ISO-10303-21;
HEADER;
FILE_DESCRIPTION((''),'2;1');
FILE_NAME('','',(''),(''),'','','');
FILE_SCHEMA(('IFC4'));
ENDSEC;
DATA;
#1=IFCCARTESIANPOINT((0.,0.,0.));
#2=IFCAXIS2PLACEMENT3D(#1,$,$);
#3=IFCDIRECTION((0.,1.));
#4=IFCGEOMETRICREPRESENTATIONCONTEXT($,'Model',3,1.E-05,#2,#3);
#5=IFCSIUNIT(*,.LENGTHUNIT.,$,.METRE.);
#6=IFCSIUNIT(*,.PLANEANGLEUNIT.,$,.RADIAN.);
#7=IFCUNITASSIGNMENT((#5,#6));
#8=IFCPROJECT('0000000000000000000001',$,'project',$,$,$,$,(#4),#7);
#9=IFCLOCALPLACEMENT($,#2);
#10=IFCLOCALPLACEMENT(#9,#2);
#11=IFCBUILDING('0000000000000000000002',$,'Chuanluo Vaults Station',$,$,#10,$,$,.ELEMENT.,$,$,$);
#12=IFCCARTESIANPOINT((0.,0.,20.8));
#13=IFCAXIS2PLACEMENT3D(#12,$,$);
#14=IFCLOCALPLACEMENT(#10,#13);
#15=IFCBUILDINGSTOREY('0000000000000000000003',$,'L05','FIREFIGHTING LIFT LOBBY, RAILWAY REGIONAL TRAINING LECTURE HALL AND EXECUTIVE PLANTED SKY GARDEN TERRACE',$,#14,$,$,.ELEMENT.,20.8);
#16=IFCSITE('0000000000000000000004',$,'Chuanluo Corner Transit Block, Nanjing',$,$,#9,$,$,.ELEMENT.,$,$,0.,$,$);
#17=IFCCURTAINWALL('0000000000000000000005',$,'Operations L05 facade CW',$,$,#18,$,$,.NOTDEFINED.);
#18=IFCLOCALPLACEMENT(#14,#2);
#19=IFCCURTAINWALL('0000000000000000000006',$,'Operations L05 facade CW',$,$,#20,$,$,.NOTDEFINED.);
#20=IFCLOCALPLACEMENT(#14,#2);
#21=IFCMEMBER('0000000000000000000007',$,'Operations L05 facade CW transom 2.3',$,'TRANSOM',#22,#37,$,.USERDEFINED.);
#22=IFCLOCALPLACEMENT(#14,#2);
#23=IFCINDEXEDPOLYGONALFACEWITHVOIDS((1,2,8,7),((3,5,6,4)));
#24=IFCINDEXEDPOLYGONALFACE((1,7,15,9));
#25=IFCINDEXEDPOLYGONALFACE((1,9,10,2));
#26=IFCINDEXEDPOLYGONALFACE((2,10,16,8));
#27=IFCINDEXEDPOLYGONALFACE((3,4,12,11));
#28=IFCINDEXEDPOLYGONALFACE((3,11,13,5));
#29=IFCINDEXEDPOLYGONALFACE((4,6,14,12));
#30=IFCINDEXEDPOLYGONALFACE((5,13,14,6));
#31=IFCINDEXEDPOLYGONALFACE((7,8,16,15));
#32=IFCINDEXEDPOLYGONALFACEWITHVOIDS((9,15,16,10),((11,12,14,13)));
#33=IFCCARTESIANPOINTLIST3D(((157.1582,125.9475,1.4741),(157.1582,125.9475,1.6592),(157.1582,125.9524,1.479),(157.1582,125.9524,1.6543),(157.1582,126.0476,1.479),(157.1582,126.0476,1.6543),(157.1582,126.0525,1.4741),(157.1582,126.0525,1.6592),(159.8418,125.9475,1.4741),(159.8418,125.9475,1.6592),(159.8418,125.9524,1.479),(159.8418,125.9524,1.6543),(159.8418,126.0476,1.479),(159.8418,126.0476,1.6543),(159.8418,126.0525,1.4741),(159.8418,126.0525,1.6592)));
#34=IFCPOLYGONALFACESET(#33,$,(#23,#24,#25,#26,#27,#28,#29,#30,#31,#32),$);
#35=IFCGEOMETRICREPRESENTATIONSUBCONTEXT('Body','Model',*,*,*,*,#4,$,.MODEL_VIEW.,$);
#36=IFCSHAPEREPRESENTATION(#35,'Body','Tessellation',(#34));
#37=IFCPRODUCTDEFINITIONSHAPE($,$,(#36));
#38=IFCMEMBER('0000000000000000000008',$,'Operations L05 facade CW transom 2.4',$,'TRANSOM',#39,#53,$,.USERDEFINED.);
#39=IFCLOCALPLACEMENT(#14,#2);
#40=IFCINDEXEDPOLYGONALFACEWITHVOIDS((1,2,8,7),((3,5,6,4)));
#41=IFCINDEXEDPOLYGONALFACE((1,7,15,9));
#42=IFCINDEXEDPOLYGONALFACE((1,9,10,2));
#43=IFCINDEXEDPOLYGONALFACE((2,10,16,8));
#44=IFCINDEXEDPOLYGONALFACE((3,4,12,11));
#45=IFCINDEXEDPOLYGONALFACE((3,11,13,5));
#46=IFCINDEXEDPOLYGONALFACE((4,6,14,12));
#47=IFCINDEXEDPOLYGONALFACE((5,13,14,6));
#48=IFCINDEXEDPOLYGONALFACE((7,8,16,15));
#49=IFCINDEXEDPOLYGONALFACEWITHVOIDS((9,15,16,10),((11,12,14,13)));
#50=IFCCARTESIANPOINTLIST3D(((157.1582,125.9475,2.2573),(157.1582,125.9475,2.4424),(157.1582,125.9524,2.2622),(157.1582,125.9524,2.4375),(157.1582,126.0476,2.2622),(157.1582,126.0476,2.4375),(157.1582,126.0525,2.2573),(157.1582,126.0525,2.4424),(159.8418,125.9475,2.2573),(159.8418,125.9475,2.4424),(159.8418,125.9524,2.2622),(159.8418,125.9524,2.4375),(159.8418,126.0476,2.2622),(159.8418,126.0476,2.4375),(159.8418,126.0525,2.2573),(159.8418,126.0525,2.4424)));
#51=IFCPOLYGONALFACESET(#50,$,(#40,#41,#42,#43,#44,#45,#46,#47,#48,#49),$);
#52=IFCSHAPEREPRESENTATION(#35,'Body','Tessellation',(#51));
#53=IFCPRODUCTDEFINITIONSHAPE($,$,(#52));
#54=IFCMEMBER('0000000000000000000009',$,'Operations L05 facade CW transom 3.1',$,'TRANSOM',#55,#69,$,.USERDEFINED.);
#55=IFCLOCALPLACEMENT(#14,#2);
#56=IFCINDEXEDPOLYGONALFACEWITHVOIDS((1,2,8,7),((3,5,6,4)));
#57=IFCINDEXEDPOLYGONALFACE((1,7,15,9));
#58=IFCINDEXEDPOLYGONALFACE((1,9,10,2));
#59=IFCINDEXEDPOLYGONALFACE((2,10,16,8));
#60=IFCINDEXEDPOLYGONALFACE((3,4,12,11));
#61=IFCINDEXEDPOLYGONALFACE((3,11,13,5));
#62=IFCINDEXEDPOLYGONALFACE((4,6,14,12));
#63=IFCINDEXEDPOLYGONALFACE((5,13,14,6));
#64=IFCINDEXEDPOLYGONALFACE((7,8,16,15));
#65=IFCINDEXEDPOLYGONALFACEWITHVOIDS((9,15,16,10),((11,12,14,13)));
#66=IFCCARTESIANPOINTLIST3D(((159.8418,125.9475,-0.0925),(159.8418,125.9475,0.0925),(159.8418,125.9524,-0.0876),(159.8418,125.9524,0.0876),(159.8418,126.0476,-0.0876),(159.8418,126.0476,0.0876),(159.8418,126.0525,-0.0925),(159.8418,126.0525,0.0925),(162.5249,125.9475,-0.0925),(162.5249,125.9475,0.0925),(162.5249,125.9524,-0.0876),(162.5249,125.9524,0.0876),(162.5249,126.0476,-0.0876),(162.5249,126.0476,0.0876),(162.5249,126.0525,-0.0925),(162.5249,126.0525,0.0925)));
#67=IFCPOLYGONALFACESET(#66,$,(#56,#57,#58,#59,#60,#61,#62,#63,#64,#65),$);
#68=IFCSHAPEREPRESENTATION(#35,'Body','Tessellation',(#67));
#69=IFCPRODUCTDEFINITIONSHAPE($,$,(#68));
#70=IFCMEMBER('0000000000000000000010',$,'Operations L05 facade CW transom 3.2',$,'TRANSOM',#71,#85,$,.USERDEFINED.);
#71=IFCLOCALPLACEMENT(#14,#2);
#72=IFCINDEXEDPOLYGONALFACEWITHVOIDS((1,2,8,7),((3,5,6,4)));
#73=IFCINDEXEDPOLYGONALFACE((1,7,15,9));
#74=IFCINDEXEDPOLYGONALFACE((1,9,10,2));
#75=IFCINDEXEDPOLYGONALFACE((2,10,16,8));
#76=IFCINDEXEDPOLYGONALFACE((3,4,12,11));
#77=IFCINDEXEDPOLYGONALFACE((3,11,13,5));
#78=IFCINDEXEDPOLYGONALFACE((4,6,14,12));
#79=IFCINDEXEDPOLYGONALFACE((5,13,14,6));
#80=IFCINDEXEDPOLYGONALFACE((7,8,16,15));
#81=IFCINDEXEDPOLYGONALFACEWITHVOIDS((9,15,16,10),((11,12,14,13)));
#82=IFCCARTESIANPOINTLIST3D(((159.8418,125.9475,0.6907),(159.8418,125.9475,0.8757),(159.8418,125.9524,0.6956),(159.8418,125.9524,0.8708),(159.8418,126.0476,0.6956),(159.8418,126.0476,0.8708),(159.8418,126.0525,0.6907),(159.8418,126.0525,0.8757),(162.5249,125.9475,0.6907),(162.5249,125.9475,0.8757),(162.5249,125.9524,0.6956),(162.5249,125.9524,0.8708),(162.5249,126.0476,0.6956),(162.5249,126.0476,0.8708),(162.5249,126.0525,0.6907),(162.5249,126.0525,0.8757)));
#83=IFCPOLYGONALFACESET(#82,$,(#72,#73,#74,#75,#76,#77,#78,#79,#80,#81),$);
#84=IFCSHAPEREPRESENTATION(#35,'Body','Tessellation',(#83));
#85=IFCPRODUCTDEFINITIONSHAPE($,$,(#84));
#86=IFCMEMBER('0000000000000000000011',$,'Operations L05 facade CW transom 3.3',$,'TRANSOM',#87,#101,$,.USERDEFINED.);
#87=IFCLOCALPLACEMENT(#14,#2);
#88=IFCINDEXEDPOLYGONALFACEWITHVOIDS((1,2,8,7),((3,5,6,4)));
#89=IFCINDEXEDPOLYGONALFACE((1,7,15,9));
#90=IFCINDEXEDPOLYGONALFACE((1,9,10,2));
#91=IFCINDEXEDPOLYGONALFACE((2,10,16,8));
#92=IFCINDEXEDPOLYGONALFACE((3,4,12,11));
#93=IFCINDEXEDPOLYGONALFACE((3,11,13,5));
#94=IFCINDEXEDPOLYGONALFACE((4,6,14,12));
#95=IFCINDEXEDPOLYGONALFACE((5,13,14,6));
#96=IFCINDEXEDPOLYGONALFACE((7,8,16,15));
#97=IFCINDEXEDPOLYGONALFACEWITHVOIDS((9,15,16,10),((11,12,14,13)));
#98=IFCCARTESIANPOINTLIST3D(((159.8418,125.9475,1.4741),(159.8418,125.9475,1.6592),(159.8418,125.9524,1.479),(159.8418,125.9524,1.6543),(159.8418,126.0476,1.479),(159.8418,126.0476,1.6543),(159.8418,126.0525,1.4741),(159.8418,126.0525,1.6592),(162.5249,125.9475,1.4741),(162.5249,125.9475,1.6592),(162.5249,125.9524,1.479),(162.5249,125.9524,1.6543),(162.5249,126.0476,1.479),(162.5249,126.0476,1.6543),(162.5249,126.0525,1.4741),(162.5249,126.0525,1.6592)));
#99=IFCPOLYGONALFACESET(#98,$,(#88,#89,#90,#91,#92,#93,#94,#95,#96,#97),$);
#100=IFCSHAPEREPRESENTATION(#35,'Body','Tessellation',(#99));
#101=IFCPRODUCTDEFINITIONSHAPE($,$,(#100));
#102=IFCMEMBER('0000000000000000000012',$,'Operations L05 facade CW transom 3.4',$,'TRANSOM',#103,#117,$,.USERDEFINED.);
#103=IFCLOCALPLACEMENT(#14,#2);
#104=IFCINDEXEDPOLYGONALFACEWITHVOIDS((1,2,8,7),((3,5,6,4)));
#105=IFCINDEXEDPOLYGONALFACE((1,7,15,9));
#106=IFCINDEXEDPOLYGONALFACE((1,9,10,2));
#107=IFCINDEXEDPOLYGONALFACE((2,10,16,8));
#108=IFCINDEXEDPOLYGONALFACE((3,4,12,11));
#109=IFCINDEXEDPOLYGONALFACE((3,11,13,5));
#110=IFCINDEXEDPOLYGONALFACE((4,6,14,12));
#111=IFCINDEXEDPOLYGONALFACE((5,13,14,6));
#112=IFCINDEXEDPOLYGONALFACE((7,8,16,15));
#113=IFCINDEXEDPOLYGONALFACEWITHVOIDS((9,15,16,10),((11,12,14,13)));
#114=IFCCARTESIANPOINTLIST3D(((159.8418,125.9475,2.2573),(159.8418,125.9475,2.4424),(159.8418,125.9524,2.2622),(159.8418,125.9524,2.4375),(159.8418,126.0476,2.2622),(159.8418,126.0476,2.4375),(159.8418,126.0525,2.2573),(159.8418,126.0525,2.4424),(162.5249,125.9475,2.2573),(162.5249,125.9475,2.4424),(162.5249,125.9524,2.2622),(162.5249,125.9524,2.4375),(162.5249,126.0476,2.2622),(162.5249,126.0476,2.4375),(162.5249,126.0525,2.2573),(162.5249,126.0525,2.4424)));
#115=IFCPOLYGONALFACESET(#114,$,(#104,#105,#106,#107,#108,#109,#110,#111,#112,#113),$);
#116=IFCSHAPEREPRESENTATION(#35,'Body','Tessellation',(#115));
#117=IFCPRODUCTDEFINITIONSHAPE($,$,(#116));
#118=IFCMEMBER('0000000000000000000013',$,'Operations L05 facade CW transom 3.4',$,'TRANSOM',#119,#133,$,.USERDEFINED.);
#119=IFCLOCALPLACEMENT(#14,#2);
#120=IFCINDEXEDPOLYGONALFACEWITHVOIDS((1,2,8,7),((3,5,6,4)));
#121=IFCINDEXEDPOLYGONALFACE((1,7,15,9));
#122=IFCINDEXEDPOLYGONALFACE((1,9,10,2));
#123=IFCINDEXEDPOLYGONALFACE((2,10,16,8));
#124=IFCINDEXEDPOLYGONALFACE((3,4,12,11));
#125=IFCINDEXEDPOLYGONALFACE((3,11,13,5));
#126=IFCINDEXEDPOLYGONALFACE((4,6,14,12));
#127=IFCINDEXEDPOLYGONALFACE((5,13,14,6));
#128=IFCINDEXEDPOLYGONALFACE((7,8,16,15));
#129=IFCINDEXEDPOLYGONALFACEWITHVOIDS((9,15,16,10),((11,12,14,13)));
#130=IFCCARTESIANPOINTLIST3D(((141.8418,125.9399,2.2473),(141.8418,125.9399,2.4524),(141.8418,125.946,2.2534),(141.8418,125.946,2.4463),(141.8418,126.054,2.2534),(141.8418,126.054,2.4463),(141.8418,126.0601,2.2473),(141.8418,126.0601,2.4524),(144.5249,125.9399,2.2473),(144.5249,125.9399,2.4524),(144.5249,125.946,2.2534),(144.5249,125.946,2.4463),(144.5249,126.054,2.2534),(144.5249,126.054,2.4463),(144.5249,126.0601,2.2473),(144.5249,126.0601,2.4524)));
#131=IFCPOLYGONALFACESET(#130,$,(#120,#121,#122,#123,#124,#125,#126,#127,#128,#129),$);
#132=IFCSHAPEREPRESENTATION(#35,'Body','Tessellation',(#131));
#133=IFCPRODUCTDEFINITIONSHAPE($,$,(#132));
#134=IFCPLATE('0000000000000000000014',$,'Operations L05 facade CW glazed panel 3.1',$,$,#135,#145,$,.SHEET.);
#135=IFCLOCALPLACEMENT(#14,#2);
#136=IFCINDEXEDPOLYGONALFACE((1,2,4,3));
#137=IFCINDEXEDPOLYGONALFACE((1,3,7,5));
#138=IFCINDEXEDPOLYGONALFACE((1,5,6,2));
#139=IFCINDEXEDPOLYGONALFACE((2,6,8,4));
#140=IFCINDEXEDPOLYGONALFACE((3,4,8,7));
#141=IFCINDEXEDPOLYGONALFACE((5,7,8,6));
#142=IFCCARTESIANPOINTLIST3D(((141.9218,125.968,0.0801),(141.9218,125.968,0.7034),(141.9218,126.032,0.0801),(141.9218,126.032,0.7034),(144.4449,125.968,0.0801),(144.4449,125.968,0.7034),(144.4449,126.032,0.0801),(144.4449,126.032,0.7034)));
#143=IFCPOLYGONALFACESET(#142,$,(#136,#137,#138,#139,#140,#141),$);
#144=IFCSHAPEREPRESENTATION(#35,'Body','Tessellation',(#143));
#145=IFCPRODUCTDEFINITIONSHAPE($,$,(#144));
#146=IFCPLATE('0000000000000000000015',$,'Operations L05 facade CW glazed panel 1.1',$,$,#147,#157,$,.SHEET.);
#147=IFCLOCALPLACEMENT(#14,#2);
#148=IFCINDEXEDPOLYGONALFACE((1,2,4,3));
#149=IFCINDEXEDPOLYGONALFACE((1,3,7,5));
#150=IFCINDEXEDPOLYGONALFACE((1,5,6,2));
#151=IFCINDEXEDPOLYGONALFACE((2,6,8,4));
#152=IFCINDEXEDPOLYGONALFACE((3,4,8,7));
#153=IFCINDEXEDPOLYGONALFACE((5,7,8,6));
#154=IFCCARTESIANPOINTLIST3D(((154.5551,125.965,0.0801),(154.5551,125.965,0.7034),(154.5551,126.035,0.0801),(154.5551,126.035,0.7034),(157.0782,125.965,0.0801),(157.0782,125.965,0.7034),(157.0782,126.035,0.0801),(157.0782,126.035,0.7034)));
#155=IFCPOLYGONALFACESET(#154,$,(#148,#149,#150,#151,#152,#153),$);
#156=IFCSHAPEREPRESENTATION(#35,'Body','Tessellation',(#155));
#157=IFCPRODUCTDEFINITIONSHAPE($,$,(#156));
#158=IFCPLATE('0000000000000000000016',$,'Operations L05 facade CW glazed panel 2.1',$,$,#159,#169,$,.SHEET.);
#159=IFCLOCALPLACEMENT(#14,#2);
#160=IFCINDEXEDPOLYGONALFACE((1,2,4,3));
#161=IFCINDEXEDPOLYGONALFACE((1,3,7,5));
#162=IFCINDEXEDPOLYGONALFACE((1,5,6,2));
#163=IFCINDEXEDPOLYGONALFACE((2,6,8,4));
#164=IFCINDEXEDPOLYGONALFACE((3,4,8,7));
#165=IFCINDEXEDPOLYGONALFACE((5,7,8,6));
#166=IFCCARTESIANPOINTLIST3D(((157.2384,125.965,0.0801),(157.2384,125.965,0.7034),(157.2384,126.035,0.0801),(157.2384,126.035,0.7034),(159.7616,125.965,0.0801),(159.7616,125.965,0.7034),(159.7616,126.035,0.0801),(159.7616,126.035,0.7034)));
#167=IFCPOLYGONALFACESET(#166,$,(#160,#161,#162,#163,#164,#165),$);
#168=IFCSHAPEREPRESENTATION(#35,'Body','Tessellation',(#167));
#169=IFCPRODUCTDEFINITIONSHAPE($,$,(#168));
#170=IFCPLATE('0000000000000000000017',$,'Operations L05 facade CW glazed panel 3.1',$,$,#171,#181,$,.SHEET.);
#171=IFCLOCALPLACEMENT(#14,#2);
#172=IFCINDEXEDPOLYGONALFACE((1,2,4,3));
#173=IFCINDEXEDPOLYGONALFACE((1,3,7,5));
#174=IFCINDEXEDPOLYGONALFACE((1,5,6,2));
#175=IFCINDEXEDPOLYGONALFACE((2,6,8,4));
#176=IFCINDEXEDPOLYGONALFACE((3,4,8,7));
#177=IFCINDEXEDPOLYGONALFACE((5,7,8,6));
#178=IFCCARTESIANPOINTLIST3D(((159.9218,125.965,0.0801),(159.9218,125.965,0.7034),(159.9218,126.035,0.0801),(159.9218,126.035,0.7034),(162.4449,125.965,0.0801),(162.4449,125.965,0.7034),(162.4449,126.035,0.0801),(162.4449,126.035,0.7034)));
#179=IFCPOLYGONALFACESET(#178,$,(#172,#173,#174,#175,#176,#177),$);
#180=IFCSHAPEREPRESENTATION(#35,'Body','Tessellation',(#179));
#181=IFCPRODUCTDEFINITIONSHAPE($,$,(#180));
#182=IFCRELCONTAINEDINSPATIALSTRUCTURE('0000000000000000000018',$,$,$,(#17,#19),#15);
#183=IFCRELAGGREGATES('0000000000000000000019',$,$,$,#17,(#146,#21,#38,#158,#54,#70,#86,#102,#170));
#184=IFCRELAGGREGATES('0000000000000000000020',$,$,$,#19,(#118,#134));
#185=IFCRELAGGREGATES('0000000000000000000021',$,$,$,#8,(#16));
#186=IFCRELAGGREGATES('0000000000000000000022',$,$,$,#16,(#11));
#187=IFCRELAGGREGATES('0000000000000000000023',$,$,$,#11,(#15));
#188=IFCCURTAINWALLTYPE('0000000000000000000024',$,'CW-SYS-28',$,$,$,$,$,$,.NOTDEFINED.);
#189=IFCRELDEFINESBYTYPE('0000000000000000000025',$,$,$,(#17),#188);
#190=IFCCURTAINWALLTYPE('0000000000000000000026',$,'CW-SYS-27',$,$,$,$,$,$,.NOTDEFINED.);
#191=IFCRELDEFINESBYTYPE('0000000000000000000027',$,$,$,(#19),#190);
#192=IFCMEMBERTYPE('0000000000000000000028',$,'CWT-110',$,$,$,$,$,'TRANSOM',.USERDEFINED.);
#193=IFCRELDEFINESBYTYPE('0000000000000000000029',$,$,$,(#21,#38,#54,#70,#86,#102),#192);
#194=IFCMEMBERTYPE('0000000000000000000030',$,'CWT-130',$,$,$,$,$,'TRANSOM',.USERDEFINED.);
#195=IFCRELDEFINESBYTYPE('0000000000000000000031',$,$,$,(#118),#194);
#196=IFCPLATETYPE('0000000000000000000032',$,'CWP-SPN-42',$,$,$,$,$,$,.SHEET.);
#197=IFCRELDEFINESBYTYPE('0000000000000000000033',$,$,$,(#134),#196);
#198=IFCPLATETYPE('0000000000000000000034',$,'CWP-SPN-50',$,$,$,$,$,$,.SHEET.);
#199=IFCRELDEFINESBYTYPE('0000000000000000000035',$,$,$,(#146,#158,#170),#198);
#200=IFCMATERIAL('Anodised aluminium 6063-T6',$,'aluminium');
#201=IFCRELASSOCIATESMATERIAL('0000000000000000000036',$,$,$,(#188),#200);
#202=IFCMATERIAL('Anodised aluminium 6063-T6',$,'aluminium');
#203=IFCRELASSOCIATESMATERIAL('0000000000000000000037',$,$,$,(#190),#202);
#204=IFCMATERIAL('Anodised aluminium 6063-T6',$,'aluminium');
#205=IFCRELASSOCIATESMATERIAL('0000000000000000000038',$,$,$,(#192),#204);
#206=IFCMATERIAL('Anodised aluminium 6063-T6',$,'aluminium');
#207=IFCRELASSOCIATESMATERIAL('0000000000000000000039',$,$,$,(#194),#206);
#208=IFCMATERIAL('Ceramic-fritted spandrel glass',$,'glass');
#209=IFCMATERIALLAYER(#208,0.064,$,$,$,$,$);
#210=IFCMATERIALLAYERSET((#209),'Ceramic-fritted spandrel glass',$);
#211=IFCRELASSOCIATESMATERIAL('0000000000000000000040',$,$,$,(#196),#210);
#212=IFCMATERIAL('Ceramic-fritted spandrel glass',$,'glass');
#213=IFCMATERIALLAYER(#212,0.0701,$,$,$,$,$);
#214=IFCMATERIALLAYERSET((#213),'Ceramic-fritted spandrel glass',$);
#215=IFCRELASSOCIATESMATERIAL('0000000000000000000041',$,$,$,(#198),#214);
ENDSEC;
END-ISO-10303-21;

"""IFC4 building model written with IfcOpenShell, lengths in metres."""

from ifc_helpers import new_model, si_unit, direction, frame, origin, origin_2d, place, context, subcontext, project, spatial, rectangle, hollow_rectangle, extrude, material, layer, layer_set, material_profile, profile_set, type_object, element, aggregate, save


model = new_model("IFC4")

# Units and contexts
model_context = context("Model", 3, precision=1e-05, world=origin(), true_north=direction((0.0, 1.0)))
body_context = subcontext(model_context, "Body", "Model", "MODEL_VIEW")
ifc_project = project(units=[si_unit("LENGTHUNIT", "METRE"), si_unit("PLANEANGLEUNIT", "RADIAN")], contexts=[model_context])

# Site, building, storey
site_placement = place(None, origin())
site = spatial("IfcSite", under=ifc_project, at=site_placement, Name="Chuanluo Corner Transit Block, Nanjing", CompositionType="ELEMENT", RefElevation=0.0)
building_placement = place(site_placement, origin())
building = spatial("IfcBuilding", under=site, at=building_placement, Name="Chuanluo Vaults Station", CompositionType="ELEMENT")
storey_placement = place(building_placement, frame((0.0, 0.0, 20.8)))
storey = spatial("IfcBuildingStorey", under=building, at=storey_placement, Name="L05", Description="FIREFIGHTING LIFT LOBBY, RAILWAY REGIONAL TRAINING LECTURE HALL AND EXECUTIVE PLANTED SKY GARDEN TERRACE", CompositionType="ELEMENT", Elevation=20.8)

# Curtain wall
ifc_material_1 = material(Name="Anodised aluminium 6063-T6", Category="aluminium")
curtain_wall_type_1 = type_object("IfcCurtainWallType", Name="CW-SYS-28", PredefinedType="NOTDEFINED", material=ifc_material_1)
curtain_wall_1_placement = place(storey_placement, origin())
curtain_wall_1 = element("IfcCurtainWall", 1, at=curtain_wall_1_placement, inside=storey, type_object=curtain_wall_type_1, Name="Operations L05 facade CW", PredefinedType="NOTDEFINED")

# Curtain wall
ifc_material_2 = material(Name="Anodised aluminium 6063-T6", Category="aluminium")
curtain_wall_type_2 = type_object("IfcCurtainWallType", Name="CW-SYS-27", PredefinedType="NOTDEFINED", material=ifc_material_2)
curtain_wall_2_placement = place(storey_placement, origin())
curtain_wall_2 = element("IfcCurtainWall", 2, at=curtain_wall_2_placement, inside=storey, type_object=curtain_wall_type_2, Name="Operations L05 facade CW", PredefinedType="NOTDEFINED")

# Members
ifc_material_3 = material(Name="Anodised aluminium 6063-T6", Category="aluminium")
ifc_material_profile_1 = material_profile(ifc_material_3, hollow_rectangle(XDim=0.105, YDim=0.1851, WallThickness=0.0049, at=origin_2d()))
ifc_profile_set_1 = profile_set([ifc_material_profile_1], Name="Anodised aluminium 6063-T6")
member_type_1 = type_object("IfcMemberType", Name="CWT-110", ElementType="TRANSOM", PredefinedType="USERDEFINED", material=ifc_profile_set_1)
member_1_placement = place(storey_placement, frame((157.1582, 126.0, 1.5667), z_axis=(1.0, 0.0, 0.0), x_axis=(0.0, 1.0, 0.0)))
member_1 = element("IfcMember", 3, at=member_1_placement, type_object=member_type_1, Name="Operations L05 facade CW transom 2.3", ObjectType="TRANSOM", PredefinedType="USERDEFINED", context=body_context, shape_type="SweptSolid", body=[
    extrude(hollow_rectangle(XDim=0.105, YDim=0.1851, WallThickness=0.0049, at=origin_2d()), origin(), (0.0, 0.0, 1.0), 2.6836),
])
member_2_placement = place(storey_placement, frame((157.1582, 126.0, 2.3499), z_axis=(1.0, 0.0, 0.0), x_axis=(0.0, 1.0, 0.0)))
member_2 = element("IfcMember", 4, at=member_2_placement, type_object=member_type_1, Name="Operations L05 facade CW transom 2.4", ObjectType="TRANSOM", PredefinedType="USERDEFINED", context=body_context, shape_type="SweptSolid", body=[
    extrude(hollow_rectangle(XDim=0.105, YDim=0.1851, WallThickness=0.0049, at=origin_2d()), origin(), (0.0, 0.0, 1.0), 2.6836),
])
member_3_placement = place(storey_placement, frame((159.8418, 126.0, 0.0), z_axis=(1.0, 0.0, 0.0), x_axis=(0.0, 1.0, 0.0)))
member_3 = element("IfcMember", 5, at=member_3_placement, type_object=member_type_1, Name="Operations L05 facade CW transom 3.1", ObjectType="TRANSOM", PredefinedType="USERDEFINED", context=body_context, shape_type="SweptSolid", body=[
    extrude(hollow_rectangle(XDim=0.105, YDim=0.1851, WallThickness=0.0049, at=origin_2d()), origin(), (0.0, 0.0, 1.0), 2.6831),
])
member_4_placement = place(storey_placement, frame((159.8418, 126.0, 0.7832), z_axis=(1.0, 0.0, 0.0), x_axis=(0.0, 1.0, 0.0)))
member_4 = element("IfcMember", 6, at=member_4_placement, type_object=member_type_1, Name="Operations L05 facade CW transom 3.2", ObjectType="TRANSOM", PredefinedType="USERDEFINED", context=body_context, shape_type="SweptSolid", body=[
    extrude(hollow_rectangle(XDim=0.105, YDim=0.1851, WallThickness=0.0049, at=origin_2d()), origin(), (0.0, 0.0, 1.0), 2.6831),
])
member_5_placement = place(storey_placement, frame((159.8418, 126.0, 1.5667), z_axis=(1.0, 0.0, 0.0), x_axis=(0.0, 1.0, 0.0)))
member_5 = element("IfcMember", 7, at=member_5_placement, type_object=member_type_1, Name="Operations L05 facade CW transom 3.3", ObjectType="TRANSOM", PredefinedType="USERDEFINED", context=body_context, shape_type="SweptSolid", body=[
    extrude(hollow_rectangle(XDim=0.105, YDim=0.1851, WallThickness=0.0049, at=origin_2d()), origin(), (0.0, 0.0, 1.0), 2.6831),
])
member_6_placement = place(storey_placement, frame((159.8418, 126.0, 2.3499), z_axis=(1.0, 0.0, 0.0), x_axis=(0.0, 1.0, 0.0)))
member_6 = element("IfcMember", 8, at=member_6_placement, type_object=member_type_1, Name="Operations L05 facade CW transom 3.4", ObjectType="TRANSOM", PredefinedType="USERDEFINED", context=body_context, shape_type="SweptSolid", body=[
    extrude(hollow_rectangle(XDim=0.105, YDim=0.1851, WallThickness=0.0049, at=origin_2d()), origin(), (0.0, 0.0, 1.0), 2.6831),
])
ifc_material_4 = material(Name="Anodised aluminium 6063-T6", Category="aluminium")
ifc_material_profile_2 = material_profile(ifc_material_4, hollow_rectangle(XDim=0.1201, YDim=0.2051, WallThickness=0.0061, at=origin_2d()))
ifc_profile_set_2 = profile_set([ifc_material_profile_2], Name="Anodised aluminium 6063-T6")
member_type_2 = type_object("IfcMemberType", Name="CWT-130", ElementType="TRANSOM", PredefinedType="USERDEFINED", material=ifc_profile_set_2)
member_7_placement = place(storey_placement, frame((141.8418, 126.0, 2.3499), z_axis=(1.0, 0.0, 0.0), x_axis=(0.0, 1.0, 0.0)))
member_7 = element("IfcMember", 9, at=member_7_placement, type_object=member_type_2, Name="Operations L05 facade CW transom 3.4", ObjectType="TRANSOM", PredefinedType="USERDEFINED", context=body_context, shape_type="SweptSolid", body=[
    extrude(hollow_rectangle(XDim=0.1201, YDim=0.2051, WallThickness=0.0061, at=origin_2d()), origin(), (0.0, 0.0, 1.0), 2.6831),
])

# Plates
ifc_material_5 = material(Name="Ceramic-fritted spandrel glass", Category="glass")
ifc_layer_1 = layer(ifc_material_5, 0.064)
ifc_layer_set_1 = layer_set([ifc_layer_1], Name="Ceramic-fritted spandrel glass")
plate_type_1 = type_object("IfcPlateType", Name="CWP-SPN-42", PredefinedType="SHEET", material=ifc_layer_set_1)
plate_1_placement = place(storey_placement, frame((143.1833, 126.0, 0.0801), z_axis=(0.0, 0.0, 1.0), x_axis=(1.0, 0.0, 0.0)))
plate_1 = element("IfcPlate", 10, at=plate_1_placement, type_object=plate_type_1, Name="Operations L05 facade CW glazed panel 3.1", PredefinedType="SHEET", context=body_context, shape_type="SweptSolid", body=[
    extrude(rectangle(XDim=2.5232, YDim=0.064, at=origin_2d()), origin(), (0.0, 0.0, 1.0), 0.6233),
])
ifc_material_6 = material(Name="Ceramic-fritted spandrel glass", Category="glass")
ifc_layer_2 = layer(ifc_material_6, 0.0701)
ifc_layer_set_2 = layer_set([ifc_layer_2], Name="Ceramic-fritted spandrel glass")
plate_type_2 = type_object("IfcPlateType", Name="CWP-SPN-50", PredefinedType="SHEET", material=ifc_layer_set_2)
plate_2_placement = place(storey_placement, frame((155.8167, 126.0, 0.0801), z_axis=(0.0, 0.0, 1.0), x_axis=(1.0, 0.0, 0.0)))
plate_2 = element("IfcPlate", 11, at=plate_2_placement, type_object=plate_type_2, Name="Operations L05 facade CW glazed panel 1.1", PredefinedType="SHEET", context=body_context, shape_type="SweptSolid", body=[
    extrude(rectangle(XDim=2.5232, YDim=0.0701, at=origin_2d()), origin(), (0.0, 0.0, 1.0), 0.6233),
])
plate_3_placement = place(storey_placement, frame((158.5, 126.0, 0.0801), z_axis=(0.0, 0.0, 1.0), x_axis=(1.0, 0.0, 0.0)))
plate_3 = element("IfcPlate", 12, at=plate_3_placement, type_object=plate_type_2, Name="Operations L05 facade CW glazed panel 2.1", PredefinedType="SHEET", context=body_context, shape_type="SweptSolid", body=[
    extrude(rectangle(XDim=2.5232, YDim=0.0701, at=origin_2d()), origin(), (0.0, 0.0, 1.0), 0.6233),
])
plate_4_placement = place(storey_placement, frame((161.1833, 126.0, 0.0801), z_axis=(0.0, 0.0, 1.0), x_axis=(1.0, 0.0, 0.0)))
plate_4 = element("IfcPlate", 13, at=plate_4_placement, type_object=plate_type_2, Name="Operations L05 facade CW glazed panel 3.1", PredefinedType="SHEET", context=body_context, shape_type="SweptSolid", body=[
    extrude(rectangle(XDim=2.5232, YDim=0.0701, at=origin_2d()), origin(), (0.0, 0.0, 1.0), 0.6233),
])
aggregate(curtain_wall_1, [plate_2, member_1, member_2, plate_3, member_3, member_4, member_5, member_6, plate_4])
aggregate(curtain_wall_2, [member_7, plate_1])

save(model, "model.ifc")
